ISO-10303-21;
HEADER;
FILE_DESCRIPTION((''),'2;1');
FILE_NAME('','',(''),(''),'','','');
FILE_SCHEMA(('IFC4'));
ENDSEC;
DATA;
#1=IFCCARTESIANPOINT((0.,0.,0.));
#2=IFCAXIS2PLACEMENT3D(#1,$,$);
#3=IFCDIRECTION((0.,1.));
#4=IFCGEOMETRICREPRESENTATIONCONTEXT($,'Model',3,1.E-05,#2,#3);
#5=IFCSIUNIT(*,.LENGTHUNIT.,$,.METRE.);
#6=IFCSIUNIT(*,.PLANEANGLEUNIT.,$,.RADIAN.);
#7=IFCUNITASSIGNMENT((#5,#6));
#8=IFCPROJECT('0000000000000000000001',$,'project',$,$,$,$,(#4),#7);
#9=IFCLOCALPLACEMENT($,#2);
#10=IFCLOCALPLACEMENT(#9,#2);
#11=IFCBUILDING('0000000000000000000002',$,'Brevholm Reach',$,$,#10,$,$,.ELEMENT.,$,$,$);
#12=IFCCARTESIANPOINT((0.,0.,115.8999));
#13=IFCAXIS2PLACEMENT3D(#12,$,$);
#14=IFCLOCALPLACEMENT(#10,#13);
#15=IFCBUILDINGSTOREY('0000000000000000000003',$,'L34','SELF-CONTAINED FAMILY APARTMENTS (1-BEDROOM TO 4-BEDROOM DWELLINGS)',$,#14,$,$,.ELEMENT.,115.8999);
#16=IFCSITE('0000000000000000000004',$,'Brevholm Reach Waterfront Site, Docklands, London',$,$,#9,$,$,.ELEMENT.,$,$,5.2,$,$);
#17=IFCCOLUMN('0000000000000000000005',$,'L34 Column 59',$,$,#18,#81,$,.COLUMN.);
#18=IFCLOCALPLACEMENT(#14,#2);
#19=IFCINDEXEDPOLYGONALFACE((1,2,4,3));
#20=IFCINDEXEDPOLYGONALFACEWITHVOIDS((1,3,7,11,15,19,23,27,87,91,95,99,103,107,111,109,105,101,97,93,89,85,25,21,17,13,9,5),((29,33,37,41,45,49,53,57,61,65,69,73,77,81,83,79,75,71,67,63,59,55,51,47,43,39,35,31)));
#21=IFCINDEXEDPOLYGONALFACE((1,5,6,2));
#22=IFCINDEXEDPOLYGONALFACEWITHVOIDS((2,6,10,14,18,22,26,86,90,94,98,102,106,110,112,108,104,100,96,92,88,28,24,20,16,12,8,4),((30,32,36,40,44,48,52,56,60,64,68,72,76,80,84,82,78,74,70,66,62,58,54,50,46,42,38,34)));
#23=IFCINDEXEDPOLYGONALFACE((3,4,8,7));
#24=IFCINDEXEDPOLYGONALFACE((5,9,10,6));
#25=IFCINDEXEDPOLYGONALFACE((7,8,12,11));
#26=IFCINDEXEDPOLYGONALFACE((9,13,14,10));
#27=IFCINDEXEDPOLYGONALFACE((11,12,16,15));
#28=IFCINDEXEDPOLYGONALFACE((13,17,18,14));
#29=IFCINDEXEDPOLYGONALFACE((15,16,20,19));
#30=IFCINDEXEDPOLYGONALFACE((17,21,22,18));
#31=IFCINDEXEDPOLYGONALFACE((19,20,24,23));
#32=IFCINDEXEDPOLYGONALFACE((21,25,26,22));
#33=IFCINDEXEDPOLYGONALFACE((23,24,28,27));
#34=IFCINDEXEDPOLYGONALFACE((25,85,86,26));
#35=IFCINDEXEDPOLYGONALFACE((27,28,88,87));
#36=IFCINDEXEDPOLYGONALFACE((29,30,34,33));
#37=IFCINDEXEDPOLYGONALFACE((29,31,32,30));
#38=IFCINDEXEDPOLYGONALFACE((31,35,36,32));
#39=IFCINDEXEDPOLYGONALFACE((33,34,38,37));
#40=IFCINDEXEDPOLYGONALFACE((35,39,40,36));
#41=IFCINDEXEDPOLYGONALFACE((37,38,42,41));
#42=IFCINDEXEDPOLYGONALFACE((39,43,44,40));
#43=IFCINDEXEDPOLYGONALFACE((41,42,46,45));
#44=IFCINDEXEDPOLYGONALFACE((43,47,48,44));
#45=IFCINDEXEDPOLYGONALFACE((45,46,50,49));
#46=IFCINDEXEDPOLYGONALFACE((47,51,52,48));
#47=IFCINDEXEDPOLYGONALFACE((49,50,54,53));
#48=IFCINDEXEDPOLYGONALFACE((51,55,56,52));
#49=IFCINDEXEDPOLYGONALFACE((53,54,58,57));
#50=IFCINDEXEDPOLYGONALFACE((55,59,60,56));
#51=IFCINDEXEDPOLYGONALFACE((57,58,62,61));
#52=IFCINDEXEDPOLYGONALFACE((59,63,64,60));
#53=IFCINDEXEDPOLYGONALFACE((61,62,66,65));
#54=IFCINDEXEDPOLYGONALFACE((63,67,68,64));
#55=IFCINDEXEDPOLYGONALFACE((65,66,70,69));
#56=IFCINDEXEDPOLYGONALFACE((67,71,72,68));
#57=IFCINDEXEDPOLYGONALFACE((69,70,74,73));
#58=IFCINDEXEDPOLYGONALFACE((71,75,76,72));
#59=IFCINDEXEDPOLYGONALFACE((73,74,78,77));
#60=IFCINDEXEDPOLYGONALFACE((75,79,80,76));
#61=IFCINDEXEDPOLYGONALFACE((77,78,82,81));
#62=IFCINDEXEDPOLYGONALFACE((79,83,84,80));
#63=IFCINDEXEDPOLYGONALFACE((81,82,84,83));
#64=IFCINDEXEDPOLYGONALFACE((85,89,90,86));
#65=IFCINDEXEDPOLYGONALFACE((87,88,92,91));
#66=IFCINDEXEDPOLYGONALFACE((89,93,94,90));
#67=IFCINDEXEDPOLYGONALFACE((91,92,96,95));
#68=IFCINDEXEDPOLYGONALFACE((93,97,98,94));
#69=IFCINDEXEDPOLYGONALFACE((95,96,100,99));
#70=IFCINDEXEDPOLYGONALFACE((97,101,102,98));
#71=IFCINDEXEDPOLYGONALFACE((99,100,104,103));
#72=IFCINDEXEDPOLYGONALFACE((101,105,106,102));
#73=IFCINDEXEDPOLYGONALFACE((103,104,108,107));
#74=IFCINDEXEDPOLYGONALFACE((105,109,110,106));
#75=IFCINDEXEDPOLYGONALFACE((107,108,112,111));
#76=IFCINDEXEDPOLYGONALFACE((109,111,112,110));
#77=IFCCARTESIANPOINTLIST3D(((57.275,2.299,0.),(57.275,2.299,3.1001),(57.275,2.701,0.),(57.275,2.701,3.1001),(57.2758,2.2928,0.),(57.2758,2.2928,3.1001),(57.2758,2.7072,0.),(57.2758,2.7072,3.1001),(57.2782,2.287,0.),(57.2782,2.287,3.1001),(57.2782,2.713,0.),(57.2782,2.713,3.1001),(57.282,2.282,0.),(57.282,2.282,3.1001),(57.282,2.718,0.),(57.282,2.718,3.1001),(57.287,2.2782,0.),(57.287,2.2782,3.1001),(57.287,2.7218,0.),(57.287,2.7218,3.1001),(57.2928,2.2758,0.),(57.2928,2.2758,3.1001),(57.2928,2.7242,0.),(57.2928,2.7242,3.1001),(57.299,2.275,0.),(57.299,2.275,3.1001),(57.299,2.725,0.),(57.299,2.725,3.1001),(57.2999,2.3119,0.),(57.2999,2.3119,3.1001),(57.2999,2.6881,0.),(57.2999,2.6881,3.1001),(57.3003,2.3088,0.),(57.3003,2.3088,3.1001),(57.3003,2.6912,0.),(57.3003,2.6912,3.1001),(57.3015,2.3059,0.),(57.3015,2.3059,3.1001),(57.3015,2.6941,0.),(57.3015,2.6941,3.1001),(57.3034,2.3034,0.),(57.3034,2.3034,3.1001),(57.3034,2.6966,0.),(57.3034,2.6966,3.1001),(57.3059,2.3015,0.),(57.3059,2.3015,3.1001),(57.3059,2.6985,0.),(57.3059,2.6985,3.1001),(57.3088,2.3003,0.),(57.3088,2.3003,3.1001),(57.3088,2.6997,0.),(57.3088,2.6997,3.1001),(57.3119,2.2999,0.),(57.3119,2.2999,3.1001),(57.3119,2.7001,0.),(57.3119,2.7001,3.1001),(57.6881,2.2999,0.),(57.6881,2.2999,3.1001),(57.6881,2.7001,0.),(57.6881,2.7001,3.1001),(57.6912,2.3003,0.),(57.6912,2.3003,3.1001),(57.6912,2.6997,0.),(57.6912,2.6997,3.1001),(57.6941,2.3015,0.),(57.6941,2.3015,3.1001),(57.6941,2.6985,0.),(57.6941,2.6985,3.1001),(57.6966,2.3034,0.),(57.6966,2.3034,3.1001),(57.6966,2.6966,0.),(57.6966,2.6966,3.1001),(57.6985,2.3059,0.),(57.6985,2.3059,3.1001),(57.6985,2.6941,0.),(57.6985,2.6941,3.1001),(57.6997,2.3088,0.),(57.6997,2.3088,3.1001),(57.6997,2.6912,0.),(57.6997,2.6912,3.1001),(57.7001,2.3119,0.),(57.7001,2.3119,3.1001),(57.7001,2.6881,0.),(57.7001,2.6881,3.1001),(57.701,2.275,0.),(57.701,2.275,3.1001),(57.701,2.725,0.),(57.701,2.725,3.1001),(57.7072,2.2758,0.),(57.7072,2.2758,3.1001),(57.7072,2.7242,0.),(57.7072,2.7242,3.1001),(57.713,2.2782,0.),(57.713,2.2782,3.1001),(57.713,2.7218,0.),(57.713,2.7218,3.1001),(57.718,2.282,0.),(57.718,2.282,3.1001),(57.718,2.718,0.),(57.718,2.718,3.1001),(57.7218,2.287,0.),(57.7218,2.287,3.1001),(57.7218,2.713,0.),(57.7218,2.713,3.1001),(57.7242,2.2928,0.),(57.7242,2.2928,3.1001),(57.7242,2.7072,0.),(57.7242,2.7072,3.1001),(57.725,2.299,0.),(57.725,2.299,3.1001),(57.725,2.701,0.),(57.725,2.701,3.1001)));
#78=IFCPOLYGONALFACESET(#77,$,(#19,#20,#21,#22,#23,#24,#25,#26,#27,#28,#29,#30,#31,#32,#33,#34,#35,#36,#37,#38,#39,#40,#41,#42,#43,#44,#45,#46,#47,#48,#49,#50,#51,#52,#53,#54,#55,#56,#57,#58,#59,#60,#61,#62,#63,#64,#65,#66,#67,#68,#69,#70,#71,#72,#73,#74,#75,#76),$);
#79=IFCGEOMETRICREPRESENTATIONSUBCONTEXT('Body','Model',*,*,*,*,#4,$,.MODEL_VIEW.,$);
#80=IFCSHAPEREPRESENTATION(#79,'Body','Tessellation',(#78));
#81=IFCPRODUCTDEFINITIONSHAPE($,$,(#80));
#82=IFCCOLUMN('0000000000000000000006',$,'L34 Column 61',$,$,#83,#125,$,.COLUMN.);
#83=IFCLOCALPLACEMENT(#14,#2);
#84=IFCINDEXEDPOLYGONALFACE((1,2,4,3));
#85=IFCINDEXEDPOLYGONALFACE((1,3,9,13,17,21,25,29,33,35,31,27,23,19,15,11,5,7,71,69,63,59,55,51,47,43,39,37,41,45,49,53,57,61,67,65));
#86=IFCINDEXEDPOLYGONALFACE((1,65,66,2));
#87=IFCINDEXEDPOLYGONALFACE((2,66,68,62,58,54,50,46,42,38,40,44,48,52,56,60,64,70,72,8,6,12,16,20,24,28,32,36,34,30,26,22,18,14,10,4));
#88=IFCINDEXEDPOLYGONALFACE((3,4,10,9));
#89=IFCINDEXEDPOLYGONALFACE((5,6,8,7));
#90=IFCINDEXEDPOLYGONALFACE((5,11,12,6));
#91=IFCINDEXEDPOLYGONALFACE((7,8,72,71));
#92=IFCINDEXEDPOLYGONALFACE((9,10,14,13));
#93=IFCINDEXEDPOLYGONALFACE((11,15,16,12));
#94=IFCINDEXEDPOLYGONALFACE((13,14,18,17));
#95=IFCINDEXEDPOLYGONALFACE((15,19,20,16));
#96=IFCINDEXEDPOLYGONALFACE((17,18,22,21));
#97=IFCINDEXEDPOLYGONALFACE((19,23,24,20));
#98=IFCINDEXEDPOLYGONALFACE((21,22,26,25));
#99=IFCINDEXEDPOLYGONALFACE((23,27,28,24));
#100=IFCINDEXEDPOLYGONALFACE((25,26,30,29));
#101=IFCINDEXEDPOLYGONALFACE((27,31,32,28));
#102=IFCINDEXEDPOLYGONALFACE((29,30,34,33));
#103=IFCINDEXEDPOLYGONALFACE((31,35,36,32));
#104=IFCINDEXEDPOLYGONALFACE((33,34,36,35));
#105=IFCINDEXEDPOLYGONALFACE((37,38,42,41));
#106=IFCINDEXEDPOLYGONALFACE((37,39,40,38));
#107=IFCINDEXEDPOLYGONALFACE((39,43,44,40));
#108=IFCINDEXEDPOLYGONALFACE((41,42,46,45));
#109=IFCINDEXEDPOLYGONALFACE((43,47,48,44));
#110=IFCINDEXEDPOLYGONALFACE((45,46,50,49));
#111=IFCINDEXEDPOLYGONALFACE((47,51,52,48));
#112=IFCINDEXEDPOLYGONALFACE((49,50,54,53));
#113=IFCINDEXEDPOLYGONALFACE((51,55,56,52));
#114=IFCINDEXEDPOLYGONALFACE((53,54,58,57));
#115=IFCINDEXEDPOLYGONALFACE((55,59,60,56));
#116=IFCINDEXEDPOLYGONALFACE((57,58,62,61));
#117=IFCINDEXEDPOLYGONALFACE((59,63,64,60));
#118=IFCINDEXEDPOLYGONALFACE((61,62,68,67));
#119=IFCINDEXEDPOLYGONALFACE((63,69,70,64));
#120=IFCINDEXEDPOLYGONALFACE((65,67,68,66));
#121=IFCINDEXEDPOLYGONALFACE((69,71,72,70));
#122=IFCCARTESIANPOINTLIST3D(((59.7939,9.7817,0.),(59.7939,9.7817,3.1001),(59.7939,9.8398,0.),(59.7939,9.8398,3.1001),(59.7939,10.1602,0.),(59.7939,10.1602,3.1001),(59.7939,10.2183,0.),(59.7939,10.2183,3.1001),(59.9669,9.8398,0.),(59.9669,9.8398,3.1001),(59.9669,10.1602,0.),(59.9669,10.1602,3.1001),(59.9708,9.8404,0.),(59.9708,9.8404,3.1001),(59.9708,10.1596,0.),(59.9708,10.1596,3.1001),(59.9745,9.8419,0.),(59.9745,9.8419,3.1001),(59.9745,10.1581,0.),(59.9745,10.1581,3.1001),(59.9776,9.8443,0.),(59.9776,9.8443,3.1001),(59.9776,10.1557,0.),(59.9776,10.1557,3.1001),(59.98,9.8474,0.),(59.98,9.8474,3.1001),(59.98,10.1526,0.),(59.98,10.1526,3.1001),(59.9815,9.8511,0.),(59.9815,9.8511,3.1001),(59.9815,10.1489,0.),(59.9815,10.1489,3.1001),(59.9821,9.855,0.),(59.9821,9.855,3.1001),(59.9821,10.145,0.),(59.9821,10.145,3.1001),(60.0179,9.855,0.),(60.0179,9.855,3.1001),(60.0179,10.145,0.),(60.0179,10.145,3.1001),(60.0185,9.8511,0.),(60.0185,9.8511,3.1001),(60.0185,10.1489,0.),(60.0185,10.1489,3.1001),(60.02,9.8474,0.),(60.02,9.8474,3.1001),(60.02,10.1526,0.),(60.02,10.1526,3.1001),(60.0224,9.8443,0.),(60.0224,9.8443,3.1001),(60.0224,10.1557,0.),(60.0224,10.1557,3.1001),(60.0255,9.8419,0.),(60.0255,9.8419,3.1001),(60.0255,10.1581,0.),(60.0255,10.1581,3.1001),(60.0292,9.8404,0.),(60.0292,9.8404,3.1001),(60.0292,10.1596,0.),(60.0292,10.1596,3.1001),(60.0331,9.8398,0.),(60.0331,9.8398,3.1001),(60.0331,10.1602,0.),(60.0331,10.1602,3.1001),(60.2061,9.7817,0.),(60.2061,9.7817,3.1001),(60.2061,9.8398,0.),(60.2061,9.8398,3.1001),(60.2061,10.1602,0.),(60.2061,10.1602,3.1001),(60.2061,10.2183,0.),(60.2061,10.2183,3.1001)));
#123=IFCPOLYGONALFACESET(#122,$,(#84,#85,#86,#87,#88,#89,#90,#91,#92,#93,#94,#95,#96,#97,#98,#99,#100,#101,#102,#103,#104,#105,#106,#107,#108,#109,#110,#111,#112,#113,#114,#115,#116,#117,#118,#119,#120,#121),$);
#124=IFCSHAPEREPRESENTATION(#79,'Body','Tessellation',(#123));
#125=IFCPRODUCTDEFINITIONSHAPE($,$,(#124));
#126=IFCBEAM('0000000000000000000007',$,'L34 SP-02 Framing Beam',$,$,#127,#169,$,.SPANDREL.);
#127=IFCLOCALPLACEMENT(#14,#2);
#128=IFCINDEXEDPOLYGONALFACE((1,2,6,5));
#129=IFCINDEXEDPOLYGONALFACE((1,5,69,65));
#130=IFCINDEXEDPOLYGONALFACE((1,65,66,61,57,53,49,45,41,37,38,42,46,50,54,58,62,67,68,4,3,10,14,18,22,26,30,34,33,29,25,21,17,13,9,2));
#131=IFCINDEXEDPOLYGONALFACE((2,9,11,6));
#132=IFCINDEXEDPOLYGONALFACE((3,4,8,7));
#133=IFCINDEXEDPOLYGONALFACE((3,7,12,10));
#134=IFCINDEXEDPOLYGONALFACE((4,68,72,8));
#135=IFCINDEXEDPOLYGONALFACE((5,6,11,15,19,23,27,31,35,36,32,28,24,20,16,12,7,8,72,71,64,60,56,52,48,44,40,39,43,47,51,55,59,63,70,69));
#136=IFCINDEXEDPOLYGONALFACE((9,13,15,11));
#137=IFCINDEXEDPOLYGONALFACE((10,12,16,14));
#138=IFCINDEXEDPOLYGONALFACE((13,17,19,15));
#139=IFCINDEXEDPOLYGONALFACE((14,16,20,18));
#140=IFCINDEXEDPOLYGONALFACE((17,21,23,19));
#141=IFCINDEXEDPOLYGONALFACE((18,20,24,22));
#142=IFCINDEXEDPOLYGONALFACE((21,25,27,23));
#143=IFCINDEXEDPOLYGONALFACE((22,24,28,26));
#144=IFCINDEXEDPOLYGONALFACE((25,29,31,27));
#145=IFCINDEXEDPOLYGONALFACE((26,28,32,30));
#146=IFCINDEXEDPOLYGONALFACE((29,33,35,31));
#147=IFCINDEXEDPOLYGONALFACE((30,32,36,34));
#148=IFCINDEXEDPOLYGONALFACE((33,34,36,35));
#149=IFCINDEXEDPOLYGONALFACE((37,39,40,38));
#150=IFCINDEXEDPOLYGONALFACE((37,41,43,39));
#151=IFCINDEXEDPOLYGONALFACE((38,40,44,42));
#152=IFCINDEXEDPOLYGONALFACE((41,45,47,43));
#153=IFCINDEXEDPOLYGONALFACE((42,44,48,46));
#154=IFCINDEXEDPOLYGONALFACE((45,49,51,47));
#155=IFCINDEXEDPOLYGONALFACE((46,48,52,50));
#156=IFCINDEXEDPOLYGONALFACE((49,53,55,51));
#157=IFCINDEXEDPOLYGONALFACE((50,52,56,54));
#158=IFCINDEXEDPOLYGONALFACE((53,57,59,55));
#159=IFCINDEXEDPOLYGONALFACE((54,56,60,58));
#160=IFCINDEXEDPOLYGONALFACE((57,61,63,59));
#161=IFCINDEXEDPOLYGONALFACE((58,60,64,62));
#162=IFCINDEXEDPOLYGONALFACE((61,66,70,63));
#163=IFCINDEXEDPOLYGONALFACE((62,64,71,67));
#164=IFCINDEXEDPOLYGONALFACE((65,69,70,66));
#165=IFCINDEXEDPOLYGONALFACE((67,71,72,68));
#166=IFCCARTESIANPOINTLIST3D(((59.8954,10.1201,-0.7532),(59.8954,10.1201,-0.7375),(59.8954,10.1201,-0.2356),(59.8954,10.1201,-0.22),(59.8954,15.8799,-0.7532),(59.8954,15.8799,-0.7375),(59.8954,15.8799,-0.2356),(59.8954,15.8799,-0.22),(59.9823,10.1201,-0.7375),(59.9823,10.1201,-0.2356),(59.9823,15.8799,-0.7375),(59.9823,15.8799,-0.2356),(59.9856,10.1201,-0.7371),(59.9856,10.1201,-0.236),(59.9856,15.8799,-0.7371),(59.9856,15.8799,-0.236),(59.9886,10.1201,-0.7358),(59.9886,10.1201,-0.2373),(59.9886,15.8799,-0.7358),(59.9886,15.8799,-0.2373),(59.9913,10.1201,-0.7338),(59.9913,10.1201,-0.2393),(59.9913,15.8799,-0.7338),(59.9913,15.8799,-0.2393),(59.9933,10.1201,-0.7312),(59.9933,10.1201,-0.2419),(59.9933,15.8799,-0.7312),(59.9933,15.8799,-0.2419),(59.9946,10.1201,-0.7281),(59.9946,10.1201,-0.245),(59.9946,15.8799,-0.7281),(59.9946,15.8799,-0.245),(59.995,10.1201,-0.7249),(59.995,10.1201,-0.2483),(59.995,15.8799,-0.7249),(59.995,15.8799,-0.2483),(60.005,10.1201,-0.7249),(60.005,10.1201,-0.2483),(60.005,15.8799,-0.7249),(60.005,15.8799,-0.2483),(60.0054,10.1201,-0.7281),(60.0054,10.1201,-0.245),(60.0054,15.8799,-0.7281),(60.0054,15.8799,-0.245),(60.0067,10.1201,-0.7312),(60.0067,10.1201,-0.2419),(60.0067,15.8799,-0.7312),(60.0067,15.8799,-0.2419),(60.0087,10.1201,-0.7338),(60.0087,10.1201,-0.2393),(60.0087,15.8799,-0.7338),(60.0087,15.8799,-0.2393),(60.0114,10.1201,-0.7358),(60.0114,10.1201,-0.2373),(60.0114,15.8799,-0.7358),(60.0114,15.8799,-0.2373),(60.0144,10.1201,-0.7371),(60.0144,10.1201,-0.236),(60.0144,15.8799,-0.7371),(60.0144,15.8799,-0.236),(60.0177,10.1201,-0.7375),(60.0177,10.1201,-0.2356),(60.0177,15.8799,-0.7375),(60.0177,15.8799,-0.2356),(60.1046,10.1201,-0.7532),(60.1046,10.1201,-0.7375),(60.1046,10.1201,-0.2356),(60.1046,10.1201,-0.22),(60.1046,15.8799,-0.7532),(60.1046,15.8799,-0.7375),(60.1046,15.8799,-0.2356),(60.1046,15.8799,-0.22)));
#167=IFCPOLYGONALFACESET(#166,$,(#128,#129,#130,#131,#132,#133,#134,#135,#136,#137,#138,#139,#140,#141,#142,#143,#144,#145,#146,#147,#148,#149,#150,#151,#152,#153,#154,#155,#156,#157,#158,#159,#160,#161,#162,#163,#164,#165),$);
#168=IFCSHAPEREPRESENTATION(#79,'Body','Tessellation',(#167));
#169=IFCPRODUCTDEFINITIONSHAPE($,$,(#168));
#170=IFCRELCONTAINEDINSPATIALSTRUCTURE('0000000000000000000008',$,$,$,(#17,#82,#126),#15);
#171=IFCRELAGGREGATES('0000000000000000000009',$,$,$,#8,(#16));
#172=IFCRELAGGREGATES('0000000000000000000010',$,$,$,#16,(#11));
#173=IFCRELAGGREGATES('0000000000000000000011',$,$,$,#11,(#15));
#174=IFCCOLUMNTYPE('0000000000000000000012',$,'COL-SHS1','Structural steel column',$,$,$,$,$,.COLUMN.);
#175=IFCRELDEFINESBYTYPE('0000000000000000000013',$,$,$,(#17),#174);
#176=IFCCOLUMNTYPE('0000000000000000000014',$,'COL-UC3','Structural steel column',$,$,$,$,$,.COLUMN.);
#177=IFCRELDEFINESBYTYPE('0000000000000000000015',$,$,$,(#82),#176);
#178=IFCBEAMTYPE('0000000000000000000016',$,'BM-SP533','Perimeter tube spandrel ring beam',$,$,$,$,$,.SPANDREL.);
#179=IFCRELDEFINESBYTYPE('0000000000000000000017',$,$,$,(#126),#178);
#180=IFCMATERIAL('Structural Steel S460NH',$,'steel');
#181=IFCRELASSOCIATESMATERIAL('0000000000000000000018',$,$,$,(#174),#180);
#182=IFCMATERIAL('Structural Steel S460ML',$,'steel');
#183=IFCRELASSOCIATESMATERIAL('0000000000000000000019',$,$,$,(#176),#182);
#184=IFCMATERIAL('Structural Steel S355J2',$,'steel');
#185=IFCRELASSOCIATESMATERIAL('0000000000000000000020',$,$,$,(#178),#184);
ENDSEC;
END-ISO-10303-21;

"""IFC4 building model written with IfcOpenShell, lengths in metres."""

from ifc_helpers import new_model, si_unit, direction, frame, origin, origin_2d, place, context, subcontext, project, spatial, hollow_rectangle, i_section, extrude, material, material_profile, profile_set, type_object, element, save


model = new_model("IFC4")

# Units and contexts
model_context = context("Model", 3, precision=1e-05, world=origin(), true_north=direction((0.0, 1.0)))
body_context = subcontext(model_context, "Body", "Model", "MODEL_VIEW")
ifc_project = project(units=[si_unit("LENGTHUNIT", "METRE"), si_unit("PLANEANGLEUNIT", "RADIAN")], contexts=[model_context])

# Site, building, storey
site_placement = place(None, origin())
site = spatial("IfcSite", under=ifc_project, at=site_placement, Name="Brevholm Reach Waterfront Site, Docklands, London", CompositionType="ELEMENT", RefElevation=5.2)
building_placement = place(site_placement, origin())
building = spatial("IfcBuilding", under=site, at=building_placement, Name="Brevholm Reach", CompositionType="ELEMENT")
storey_placement = place(building_placement, frame((0.0, 0.0, 115.8999)))
storey = spatial("IfcBuildingStorey", under=building, at=storey_placement, Name="L34", Description="SELF-CONTAINED FAMILY APARTMENTS (1-BEDROOM TO 4-BEDROOM DWELLINGS)", CompositionType="ELEMENT", Elevation=115.8999)

# Columns
ifc_material_1 = material(Name="Structural Steel S460NH", Category="steel")
ifc_material_profile_1 = material_profile(ifc_material_1, hollow_rectangle(XDim=0.45, YDim=0.45, WallThickness=0.0249, InnerFilletRadius=0.012, OuterFilletRadius=0.0239, at=origin_2d()), Name="SHS 450x450x25")
ifc_profile_set_1 = profile_set([ifc_material_profile_1], Name="Structural Steel S460NH")
column_type_1 = type_object("IfcColumnType", Name="COL-SHS1", Description="Structural steel column", PredefinedType="COLUMN", material=ifc_profile_set_1)
column_1_placement = place(storey_placement, frame((57.5, 2.5, 0.0), z_axis=(0.0, 0.0, 1.0), x_axis=(1.0, 0.0, 0.0)))
element("IfcColumn", 1, at=column_1_placement, inside=storey, type_object=column_type_1, Name="L34 Column 59", PredefinedType="COLUMN", context=body_context, shape_type="SweptSolid", body=[
    extrude(hollow_rectangle(XDim=0.45, YDim=0.45, WallThickness=0.0249, InnerFilletRadius=0.012, OuterFilletRadius=0.0239, at=origin_2d()), origin(), (0.0, 0.0, 1.0), 3.1001),
])
ifc_material_2 = material(Name="Structural Steel S460ML", Category="steel")
ifc_material_profile_2 = material_profile(ifc_material_2, i_section(OverallWidth=0.4121, OverallDepth=0.4365, WebThickness=0.0359, FlangeThickness=0.0581, FilletRadius=0.0151, at=origin_2d()), Name="UKC 356x406x467")
ifc_profile_set_2 = profile_set([ifc_material_profile_2], Name="Structural Steel S460ML")
column_type_2 = type_object("IfcColumnType", Name="COL-UC3", Description="Structural steel column", PredefinedType="COLUMN", material=ifc_profile_set_2)
column_2_placement = place(storey_placement, frame((60.0, 10.0, 0.0), z_axis=(0.0, 0.0, 1.0), x_axis=(1.0, 0.0, 0.0)))
element("IfcColumn", 2, at=column_2_placement, inside=storey, type_object=column_type_2, Name="L34 Column 61", PredefinedType="COLUMN", context=body_context, shape_type="SweptSolid", body=[
    extrude(i_section(OverallWidth=0.4121, OverallDepth=0.4365, WebThickness=0.0359, FlangeThickness=0.0581, FilletRadius=0.0151, at=origin_2d()), origin(), (0.0, 0.0, 1.0), 3.1001),
])

# Beam
ifc_material_3 = material(Name="Structural Steel S355J2", Category="steel")
ifc_material_profile_3 = material_profile(ifc_material_3, i_section(OverallWidth=0.2092, OverallDepth=0.5332, WebThickness=0.01, FlangeThickness=0.0156, FilletRadius=0.0127, at=origin_2d()), Name="UKB 533x210x92")
ifc_profile_set_3 = profile_set([ifc_material_profile_3], Name="Structural Steel S355J2")
beam_type = type_object("IfcBeamType", Name="BM-SP533", Description="Perimeter tube spandrel ring beam", PredefinedType="SPANDREL", material=ifc_profile_set_3)
beam_placement = place(storey_placement, frame((60.0, 10.1201, -0.4866), z_axis=(0.0, 1.0, 0.0), x_axis=(-1.0, 0.0, 0.0)))
element("IfcBeam", 3, at=beam_placement, inside=storey, type_object=beam_type, Name="L34 SP-02 Framing Beam", PredefinedType="SPANDREL", context=body_context, shape_type="SweptSolid", body=[
    extrude(i_section(OverallWidth=0.2092, OverallDepth=0.5332, WebThickness=0.01, FlangeThickness=0.0156, FilletRadius=0.0127, at=origin_2d()), origin(), (0.0, 0.0, 1.0), 5.7598),
])

save(model, "model.ifc")
